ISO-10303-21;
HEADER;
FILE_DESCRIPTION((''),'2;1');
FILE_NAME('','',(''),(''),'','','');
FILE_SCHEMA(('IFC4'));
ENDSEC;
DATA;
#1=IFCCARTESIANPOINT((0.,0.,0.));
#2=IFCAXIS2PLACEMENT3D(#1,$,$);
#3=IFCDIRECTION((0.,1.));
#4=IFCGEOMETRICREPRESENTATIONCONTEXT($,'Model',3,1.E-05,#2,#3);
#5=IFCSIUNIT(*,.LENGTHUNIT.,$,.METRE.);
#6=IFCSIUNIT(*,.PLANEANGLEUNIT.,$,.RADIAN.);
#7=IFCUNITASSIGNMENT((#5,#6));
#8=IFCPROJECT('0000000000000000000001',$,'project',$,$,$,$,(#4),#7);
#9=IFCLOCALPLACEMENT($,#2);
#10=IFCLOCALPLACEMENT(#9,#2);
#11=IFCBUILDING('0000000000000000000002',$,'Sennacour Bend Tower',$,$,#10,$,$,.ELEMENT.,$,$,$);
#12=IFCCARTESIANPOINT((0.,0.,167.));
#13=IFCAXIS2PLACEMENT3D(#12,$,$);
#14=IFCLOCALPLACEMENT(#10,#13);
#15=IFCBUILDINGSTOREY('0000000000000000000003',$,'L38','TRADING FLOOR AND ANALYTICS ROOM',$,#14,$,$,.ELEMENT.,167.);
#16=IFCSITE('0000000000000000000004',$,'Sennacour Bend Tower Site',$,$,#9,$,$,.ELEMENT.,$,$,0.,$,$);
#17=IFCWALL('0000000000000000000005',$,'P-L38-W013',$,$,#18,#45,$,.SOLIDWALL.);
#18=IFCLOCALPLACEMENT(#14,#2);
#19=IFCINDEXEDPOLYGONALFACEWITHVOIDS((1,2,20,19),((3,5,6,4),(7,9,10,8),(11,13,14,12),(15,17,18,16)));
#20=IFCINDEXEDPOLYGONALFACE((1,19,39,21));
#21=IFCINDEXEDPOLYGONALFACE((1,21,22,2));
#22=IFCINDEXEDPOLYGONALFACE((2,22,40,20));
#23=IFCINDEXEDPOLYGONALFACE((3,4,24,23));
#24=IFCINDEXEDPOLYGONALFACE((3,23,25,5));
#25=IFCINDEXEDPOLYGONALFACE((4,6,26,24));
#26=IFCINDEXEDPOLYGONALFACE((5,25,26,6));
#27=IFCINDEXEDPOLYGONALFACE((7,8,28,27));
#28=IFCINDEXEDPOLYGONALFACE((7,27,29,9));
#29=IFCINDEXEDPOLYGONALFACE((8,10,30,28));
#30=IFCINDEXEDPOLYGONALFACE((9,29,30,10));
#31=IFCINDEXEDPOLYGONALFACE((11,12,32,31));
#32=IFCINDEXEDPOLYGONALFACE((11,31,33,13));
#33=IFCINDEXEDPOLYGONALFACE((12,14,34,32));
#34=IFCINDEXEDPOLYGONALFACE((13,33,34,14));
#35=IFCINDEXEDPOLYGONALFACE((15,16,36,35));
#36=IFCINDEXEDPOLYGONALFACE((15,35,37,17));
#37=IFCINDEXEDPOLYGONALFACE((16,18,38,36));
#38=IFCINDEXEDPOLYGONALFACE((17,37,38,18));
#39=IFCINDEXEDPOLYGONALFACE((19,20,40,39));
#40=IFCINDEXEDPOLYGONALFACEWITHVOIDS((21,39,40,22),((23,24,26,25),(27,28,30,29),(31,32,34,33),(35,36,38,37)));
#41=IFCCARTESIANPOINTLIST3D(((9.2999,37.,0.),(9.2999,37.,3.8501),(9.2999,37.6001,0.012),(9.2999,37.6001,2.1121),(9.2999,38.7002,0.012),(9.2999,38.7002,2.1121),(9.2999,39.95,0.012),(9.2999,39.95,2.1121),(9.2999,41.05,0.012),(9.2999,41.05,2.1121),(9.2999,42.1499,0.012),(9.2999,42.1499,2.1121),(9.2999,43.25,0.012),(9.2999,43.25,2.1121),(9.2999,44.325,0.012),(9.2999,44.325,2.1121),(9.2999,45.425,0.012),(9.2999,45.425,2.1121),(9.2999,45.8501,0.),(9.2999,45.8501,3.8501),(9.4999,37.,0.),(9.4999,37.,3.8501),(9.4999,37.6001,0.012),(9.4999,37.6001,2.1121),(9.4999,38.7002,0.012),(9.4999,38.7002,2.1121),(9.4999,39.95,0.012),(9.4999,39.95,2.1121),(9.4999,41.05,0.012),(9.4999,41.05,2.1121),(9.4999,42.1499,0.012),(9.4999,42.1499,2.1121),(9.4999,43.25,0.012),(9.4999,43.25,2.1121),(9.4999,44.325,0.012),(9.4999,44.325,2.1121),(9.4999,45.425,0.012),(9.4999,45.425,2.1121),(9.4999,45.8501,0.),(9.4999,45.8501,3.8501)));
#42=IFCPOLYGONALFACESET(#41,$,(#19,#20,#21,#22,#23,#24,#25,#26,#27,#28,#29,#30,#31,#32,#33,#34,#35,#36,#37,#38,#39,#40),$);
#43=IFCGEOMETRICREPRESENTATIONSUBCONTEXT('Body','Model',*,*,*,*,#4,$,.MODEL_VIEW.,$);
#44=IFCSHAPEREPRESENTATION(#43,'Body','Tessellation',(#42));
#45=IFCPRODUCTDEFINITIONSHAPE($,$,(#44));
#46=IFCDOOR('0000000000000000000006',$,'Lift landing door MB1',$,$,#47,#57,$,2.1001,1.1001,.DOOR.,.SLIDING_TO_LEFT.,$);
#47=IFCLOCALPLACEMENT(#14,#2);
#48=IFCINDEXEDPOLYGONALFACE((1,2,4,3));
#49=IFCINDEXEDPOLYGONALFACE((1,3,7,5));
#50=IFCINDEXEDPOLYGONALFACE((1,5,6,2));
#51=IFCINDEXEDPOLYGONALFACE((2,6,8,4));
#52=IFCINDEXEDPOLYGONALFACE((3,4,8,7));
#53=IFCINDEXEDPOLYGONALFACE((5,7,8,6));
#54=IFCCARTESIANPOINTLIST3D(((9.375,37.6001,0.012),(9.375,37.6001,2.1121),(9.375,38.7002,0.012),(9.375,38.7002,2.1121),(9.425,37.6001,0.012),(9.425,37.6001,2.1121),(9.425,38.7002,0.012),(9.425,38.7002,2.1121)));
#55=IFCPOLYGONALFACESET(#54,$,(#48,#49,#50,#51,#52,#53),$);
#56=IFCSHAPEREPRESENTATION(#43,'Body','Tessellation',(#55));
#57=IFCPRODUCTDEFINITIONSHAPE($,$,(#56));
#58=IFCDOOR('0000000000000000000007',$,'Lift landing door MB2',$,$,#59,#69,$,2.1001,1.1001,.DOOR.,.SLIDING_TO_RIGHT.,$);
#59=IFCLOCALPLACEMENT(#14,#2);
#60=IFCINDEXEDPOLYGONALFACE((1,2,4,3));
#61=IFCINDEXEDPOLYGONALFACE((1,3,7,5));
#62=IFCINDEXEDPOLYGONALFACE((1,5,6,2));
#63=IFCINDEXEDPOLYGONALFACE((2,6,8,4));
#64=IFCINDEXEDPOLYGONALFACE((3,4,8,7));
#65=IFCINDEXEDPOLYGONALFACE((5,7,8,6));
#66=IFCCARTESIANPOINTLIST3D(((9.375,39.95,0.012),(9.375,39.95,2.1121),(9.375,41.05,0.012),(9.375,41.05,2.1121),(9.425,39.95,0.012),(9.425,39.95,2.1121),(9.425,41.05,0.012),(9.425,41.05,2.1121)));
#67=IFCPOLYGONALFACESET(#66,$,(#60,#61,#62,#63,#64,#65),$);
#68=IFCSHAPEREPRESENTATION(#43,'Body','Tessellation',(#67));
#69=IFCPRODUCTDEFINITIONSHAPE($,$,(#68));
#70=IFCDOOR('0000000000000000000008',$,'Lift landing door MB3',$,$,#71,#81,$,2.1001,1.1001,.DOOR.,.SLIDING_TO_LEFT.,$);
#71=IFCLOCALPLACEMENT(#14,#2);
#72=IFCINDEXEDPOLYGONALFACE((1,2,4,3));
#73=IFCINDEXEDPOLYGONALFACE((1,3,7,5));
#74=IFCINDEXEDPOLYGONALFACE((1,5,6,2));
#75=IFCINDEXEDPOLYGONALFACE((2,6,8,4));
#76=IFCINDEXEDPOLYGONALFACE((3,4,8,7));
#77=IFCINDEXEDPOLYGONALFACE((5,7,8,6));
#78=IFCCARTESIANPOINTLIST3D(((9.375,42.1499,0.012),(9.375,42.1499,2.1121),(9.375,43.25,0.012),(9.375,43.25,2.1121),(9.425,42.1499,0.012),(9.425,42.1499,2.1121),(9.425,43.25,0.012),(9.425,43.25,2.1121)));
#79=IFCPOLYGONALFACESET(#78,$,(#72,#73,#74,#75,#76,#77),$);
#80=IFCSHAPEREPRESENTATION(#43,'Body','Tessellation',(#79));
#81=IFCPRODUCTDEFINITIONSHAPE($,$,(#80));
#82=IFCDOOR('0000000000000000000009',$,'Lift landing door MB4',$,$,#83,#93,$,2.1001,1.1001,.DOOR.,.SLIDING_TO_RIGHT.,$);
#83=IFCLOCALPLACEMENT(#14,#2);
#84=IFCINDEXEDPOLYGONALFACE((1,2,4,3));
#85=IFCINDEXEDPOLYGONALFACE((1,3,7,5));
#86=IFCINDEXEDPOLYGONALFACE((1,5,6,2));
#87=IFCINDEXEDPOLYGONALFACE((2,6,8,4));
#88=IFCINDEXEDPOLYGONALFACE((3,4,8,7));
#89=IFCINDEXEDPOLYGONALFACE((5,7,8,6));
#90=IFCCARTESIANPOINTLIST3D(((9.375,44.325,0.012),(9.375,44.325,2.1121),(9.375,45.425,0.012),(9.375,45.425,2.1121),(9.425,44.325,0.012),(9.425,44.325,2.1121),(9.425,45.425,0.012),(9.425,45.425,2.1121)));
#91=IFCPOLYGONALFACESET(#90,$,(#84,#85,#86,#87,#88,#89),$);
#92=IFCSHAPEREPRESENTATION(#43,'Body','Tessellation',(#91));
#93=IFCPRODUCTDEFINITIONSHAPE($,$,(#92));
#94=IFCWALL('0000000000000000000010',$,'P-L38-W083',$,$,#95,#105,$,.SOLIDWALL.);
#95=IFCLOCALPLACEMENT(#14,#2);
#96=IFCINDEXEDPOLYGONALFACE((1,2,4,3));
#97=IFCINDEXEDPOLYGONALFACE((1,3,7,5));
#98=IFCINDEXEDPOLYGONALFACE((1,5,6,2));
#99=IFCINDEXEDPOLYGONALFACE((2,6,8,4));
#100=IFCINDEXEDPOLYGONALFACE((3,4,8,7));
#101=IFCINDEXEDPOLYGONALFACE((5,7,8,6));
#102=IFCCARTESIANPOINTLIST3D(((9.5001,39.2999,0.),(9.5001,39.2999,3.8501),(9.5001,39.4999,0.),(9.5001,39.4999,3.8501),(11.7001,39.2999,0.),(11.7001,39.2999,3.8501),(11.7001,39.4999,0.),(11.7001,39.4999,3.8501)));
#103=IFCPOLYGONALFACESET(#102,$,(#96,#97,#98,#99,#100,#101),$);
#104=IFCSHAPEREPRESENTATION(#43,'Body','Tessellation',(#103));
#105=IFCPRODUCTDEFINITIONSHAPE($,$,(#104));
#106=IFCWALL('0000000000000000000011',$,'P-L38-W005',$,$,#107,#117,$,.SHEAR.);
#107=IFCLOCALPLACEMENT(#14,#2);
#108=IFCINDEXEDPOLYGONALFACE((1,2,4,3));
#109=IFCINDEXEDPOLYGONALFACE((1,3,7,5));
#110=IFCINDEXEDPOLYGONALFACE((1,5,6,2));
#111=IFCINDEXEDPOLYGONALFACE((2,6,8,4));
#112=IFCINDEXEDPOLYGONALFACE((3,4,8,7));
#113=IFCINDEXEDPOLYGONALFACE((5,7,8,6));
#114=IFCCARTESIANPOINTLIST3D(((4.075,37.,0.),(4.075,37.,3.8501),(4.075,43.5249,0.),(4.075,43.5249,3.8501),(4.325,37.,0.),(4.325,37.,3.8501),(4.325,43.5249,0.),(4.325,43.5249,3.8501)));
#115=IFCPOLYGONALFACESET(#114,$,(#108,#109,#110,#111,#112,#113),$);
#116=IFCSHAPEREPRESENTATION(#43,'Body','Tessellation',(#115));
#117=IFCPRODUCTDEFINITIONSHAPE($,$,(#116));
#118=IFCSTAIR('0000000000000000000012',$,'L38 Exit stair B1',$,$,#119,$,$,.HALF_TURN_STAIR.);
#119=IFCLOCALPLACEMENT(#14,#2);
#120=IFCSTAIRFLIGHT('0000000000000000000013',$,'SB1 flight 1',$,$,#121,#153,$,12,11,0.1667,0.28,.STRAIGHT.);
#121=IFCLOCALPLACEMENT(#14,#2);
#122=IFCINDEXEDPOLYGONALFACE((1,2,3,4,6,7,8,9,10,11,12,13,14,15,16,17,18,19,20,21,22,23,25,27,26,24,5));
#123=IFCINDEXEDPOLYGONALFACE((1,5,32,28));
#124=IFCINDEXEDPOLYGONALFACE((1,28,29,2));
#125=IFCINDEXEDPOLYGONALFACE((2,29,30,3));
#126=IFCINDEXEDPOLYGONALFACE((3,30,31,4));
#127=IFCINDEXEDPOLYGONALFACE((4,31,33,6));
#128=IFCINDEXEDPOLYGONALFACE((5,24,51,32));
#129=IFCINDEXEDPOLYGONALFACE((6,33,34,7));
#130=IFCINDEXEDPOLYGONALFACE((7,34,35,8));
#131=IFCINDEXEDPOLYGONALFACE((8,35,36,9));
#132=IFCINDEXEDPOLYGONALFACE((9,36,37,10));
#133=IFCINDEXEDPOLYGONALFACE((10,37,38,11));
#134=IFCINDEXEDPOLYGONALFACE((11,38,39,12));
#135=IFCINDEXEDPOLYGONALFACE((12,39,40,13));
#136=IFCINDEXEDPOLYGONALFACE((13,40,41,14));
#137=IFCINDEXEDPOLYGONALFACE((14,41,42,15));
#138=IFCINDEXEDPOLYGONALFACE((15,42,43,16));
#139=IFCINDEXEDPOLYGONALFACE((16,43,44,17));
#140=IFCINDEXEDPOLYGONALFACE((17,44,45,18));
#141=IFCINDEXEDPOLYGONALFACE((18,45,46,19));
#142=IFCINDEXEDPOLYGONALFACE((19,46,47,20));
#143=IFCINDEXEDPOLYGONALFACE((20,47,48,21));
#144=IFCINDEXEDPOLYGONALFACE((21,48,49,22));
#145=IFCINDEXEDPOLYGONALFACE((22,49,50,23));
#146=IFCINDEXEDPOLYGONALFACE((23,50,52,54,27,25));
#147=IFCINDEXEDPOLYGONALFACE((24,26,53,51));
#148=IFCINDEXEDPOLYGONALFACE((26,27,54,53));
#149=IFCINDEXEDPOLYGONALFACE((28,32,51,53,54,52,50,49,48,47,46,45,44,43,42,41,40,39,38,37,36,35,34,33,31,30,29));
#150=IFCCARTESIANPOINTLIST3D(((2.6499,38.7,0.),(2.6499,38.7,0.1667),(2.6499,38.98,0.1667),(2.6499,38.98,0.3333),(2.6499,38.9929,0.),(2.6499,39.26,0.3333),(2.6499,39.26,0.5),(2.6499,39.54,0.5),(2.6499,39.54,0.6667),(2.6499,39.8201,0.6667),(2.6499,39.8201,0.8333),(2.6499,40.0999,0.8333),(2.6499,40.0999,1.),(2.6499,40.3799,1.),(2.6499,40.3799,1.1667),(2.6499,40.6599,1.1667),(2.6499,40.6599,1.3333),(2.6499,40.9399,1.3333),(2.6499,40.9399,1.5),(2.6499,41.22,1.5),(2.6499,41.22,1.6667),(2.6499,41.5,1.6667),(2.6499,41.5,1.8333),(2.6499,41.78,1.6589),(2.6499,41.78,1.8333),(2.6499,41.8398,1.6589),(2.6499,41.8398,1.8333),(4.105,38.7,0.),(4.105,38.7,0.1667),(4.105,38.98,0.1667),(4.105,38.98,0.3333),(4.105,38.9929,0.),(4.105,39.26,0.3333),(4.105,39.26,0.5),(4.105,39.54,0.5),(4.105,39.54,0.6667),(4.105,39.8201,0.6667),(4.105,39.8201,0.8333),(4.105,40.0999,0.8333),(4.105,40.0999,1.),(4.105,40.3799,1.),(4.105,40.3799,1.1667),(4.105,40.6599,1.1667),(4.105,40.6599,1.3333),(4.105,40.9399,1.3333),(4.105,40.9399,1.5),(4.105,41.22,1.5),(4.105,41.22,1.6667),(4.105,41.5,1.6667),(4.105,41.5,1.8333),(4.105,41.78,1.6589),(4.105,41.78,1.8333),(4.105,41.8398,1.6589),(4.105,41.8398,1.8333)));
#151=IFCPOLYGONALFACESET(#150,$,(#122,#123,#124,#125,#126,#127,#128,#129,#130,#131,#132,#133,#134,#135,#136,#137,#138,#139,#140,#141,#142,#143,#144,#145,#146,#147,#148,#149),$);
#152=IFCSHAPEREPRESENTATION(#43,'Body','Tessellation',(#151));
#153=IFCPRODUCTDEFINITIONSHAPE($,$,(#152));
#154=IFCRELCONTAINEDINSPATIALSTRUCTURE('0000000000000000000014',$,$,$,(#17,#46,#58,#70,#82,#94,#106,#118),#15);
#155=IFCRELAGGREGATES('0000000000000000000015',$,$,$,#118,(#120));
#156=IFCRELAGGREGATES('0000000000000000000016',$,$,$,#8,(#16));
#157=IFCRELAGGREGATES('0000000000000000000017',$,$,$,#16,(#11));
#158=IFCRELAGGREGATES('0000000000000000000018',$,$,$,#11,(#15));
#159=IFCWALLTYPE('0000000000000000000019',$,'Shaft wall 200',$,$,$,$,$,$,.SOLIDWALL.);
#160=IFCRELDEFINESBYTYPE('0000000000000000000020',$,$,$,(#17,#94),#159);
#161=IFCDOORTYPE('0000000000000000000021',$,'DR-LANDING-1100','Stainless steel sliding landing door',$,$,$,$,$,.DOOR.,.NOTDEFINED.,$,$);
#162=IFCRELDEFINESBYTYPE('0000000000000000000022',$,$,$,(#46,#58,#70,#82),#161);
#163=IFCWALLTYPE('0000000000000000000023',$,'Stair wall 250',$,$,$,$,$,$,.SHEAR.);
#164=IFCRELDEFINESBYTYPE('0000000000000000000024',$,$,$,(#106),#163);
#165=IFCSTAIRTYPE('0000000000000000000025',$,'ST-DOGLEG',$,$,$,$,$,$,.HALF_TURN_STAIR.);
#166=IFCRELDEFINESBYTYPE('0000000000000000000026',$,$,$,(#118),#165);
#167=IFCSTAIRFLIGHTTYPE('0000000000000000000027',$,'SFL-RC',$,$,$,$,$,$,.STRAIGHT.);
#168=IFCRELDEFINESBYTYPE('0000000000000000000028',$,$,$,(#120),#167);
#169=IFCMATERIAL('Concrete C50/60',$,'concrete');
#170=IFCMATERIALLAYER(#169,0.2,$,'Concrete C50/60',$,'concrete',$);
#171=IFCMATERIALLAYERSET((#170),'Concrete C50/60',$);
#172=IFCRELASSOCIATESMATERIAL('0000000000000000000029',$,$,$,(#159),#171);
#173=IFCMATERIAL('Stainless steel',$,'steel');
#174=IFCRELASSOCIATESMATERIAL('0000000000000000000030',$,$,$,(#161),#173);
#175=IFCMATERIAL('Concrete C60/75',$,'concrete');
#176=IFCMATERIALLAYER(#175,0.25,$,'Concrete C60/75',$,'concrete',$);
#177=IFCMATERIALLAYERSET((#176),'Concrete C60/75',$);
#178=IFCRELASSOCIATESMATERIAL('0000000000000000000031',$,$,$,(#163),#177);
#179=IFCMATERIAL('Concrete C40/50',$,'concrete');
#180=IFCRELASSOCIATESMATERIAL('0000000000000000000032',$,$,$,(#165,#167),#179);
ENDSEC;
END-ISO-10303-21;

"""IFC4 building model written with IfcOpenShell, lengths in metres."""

from ifc_helpers import new_model, si_unit, direction, frame, frame_2d, origin, place, context, subcontext, project, spatial, polyline, rectangle, outline, extrude, material, layer, layer_set, type_object, element, fill, aggregate, save


model = new_model("IFC4")

# Units and contexts
model_context = context("Model", 3, precision=1e-05, world=origin(), true_north=direction((0.0, 1.0)))
body_context = subcontext(model_context, "Body", "Model", "MODEL_VIEW")
ifc_project = project(units=[si_unit("LENGTHUNIT", "METRE"), si_unit("PLANEANGLEUNIT", "RADIAN")], contexts=[model_context])

# Site, building, storey
site_placement = place(None, origin())
site = spatial("IfcSite", under=ifc_project, at=site_placement, Name="Sennacour Bend Tower Site", CompositionType="ELEMENT", RefElevation=0.0)
building_placement = place(site_placement, origin())
building = spatial("IfcBuilding", under=site, at=building_placement, Name="Sennacour Bend Tower", CompositionType="ELEMENT")
storey_placement = place(building_placement, frame((0.0, 0.0, 167.0)))
storey = spatial("IfcBuildingStorey", under=building, at=storey_placement, Name="L38", Description="TRADING FLOOR AND ANALYTICS ROOM", CompositionType="ELEMENT", Elevation=167.0)

# Shared definitions
ifc_material_1 = material(Name="Concrete C60/75", Category="concrete")

# Wall, openings, doors
ifc_material_2 = material(Name="Concrete C50/60", Category="concrete")
ifc_layer_1 = layer(ifc_material_2, 0.2, Name="Concrete C50/60", Category="concrete")
ifc_layer_set_1 = layer_set([ifc_layer_1], Name="Concrete C50/60")
wall_type_1 = type_object("IfcWallType", Name="Shaft wall 200", PredefinedType="SOLIDWALL", material=ifc_layer_set_1)
wall_1_placement = place(storey_placement, frame((9.3999, 37.0, 0.0), z_axis=(0.0, 0.0, 1.0), x_axis=(0.0, 1.0, 0.0)))
wall_1 = element("IfcWall", 1, at=wall_1_placement, inside=storey, type_object=wall_type_1, Name="P-L38-W013", PredefinedType="SOLIDWALL", context=body_context, shape_type="SweptSolid", body=[
    extrude(rectangle(XDim=8.8501, YDim=0.2, at=frame_2d((4.425, 0.0))), origin(), (0.0, 0.0, 1.0), 3.8501),
])
opening_1_placement = place(wall_1_placement, frame((0.6001, 0.0, 0.012)))
opening_1 = element("IfcOpeningElement", 2, at=opening_1_placement, cuts=wall_1, PredefinedType="OPENING", context=body_context, shape_type="SweptSolid", body=[
    extrude(rectangle(XDim=1.1001, YDim=2.1001, at=frame_2d((0.55, 1.05))), frame((0.0, 0.1099, 0.0), z_axis=(0.0, -1.0, 0.0), x_axis=(1.0, 0.0, 0.0)), (0.0, 0.0, 1.0), 0.22),
])
opening_2_placement = place(wall_1_placement, frame((2.95, 0.0, 0.012)))
opening_2 = element("IfcOpeningElement", 3, at=opening_2_placement, cuts=wall_1, PredefinedType="OPENING", context=body_context, shape_type="SweptSolid", body=[
    extrude(rectangle(XDim=1.1001, YDim=2.1001, at=frame_2d((0.55, 1.05))), frame((0.0, 0.1099, 0.0), z_axis=(0.0, -1.0, 0.0), x_axis=(1.0, 0.0, 0.0)), (0.0, 0.0, 1.0), 0.22),
])
opening_3_placement = place(wall_1_placement, frame((5.1499, 0.0, 0.012)))
opening_3 = element("IfcOpeningElement", 4, at=opening_3_placement, cuts=wall_1, PredefinedType="OPENING", context=body_context, shape_type="SweptSolid", body=[
    extrude(rectangle(XDim=1.1001, YDim=2.1001, at=frame_2d((0.55, 1.05))), frame((0.0, 0.1099, 0.0), z_axis=(0.0, -1.0, 0.0), x_axis=(1.0, 0.0, 0.0)), (0.0, 0.0, 1.0), 0.22),
])
opening_4_placement = place(wall_1_placement, frame((7.325, 0.0, 0.012)))
opening_4 = element("IfcOpeningElement", 5, at=opening_4_placement, cuts=wall_1, PredefinedType="OPENING", context=body_context, shape_type="SweptSolid", body=[
    extrude(rectangle(XDim=1.1001, YDim=2.1001, at=frame_2d((0.55, 1.05))), frame((0.0, 0.1099, 0.0), z_axis=(0.0, -1.0, 0.0), x_axis=(1.0, 0.0, 0.0)), (0.0, 0.0, 1.0), 0.22),
])
ifc_material_3 = material(Name="Stainless steel", Category="steel")
door_type_1 = type_object("IfcDoorType", Name="DR-LANDING-1100", Description="Stainless steel sliding landing door", OperationType="NOTDEFINED", PredefinedType="DOOR", material=ifc_material_3)
door_1_placement = place(opening_1_placement, origin())
door_1 = element("IfcDoor", 6, at=door_1_placement, inside=storey, type_object=door_type_1, Name="Lift landing door MB1", OperationType="SLIDING_TO_LEFT", OverallHeight=2.1001, OverallWidth=1.1001, PredefinedType="DOOR", context=body_context, shape_type="SweptSolid", body=[
    extrude(rectangle(XDim=1.1001, YDim=2.1001, at=frame_2d((0.55, 1.05))), frame((0.0, 0.0249, 0.0), z_axis=(0.0, -1.0, 0.0), x_axis=(1.0, 0.0, 0.0)), (0.0, 0.0, 1.0), 0.05),
])
fill(opening_1, door_1)
door_2_placement = place(opening_2_placement, origin())
door_2 = element("IfcDoor", 7, at=door_2_placement, inside=storey, type_object=door_type_1, Name="Lift landing door MB2", OperationType="SLIDING_TO_RIGHT", OverallHeight=2.1001, OverallWidth=1.1001, PredefinedType="DOOR", context=body_context, shape_type="SweptSolid", body=[
    extrude(rectangle(XDim=1.1001, YDim=2.1001, at=frame_2d((0.55, 1.05))), frame((0.0, 0.0249, 0.0), z_axis=(0.0, -1.0, 0.0), x_axis=(1.0, 0.0, 0.0)), (0.0, 0.0, 1.0), 0.05),
])
fill(opening_2, door_2)
door_3_placement = place(opening_3_placement, origin())
door_3 = element("IfcDoor", 8, at=door_3_placement, inside=storey, type_object=door_type_1, Name="Lift landing door MB3", OperationType="SLIDING_TO_LEFT", OverallHeight=2.1001, OverallWidth=1.1001, PredefinedType="DOOR", context=body_context, shape_type="SweptSolid", body=[
    extrude(rectangle(XDim=1.1001, YDim=2.1001, at=frame_2d((0.55, 1.05))), frame((0.0, 0.0249, 0.0), z_axis=(0.0, -1.0, 0.0), x_axis=(1.0, 0.0, 0.0)), (0.0, 0.0, 1.0), 0.05),
])
fill(opening_3, door_3)
door_4_placement = place(opening_4_placement, origin())
door_4 = element("IfcDoor", 9, at=door_4_placement, inside=storey, type_object=door_type_1, Name="Lift landing door MB4", OperationType="SLIDING_TO_RIGHT", OverallHeight=2.1001, OverallWidth=1.1001, PredefinedType="DOOR", context=body_context, shape_type="SweptSolid", body=[
    extrude(rectangle(XDim=1.1001, YDim=2.1001, at=frame_2d((0.55, 1.05))), frame((0.0, 0.0249, 0.0), z_axis=(0.0, -1.0, 0.0), x_axis=(1.0, 0.0, 0.0)), (0.0, 0.0, 1.0), 0.05),
])
fill(opening_4, door_4)

# Walls
wall_2_placement = place(storey_placement, frame((9.5, 39.3999, 0.0), z_axis=(0.0, 0.0, 1.0), x_axis=(1.0, 0.0, 0.0)))
element("IfcWall", 10, at=wall_2_placement, inside=storey, type_object=wall_type_1, Name="P-L38-W083", PredefinedType="SOLIDWALL", context=body_context, shape_type="SweptSolid", body=[
    extrude(rectangle(XDim=2.2, YDim=0.2, at=frame_2d((1.1001, 0.0))), origin(), (0.0, 0.0, 1.0), 3.8501),
])
ifc_layer_2 = layer(ifc_material_1, 0.25, Name="Concrete C60/75", Category="concrete")
ifc_layer_set_2 = layer_set([ifc_layer_2], Name="Concrete C60/75")
wall_type_2 = type_object("IfcWallType", Name="Stair wall 250", PredefinedType="SHEAR", material=ifc_layer_set_2)
wall_3_placement = place(storey_placement, frame((4.2, 37.0, 0.0), z_axis=(0.0, 0.0, 1.0), x_axis=(0.0, 1.0, 0.0)))
element("IfcWall", 11, at=wall_3_placement, inside=storey, type_object=wall_type_2, Name="P-L38-W005", PredefinedType="SHEAR", context=body_context, shape_type="SweptSolid", body=[
    extrude(rectangle(XDim=6.5249, YDim=0.25, at=frame_2d((3.2625, 0.0))), origin(), (0.0, 0.0, 1.0), 3.8501),
])

# Stair, stair flight
ifc_material_4 = material(Name="Concrete C40/50", Category="concrete")
stair_type = type_object("IfcStairType", Name="ST-DOGLEG", PredefinedType="HALF_TURN_STAIR", material=ifc_material_4)
stair_placement = place(storey_placement, origin())
stair = element("IfcStair", 12, at=stair_placement, inside=storey, type_object=stair_type, Name="L38 Exit stair B1", PredefinedType="HALF_TURN_STAIR")
stair_flight_type = type_object("IfcStairFlightType", Name="SFL-RC", PredefinedType="STRAIGHT", material=ifc_material_4)
stair_flight_placement = place(storey_placement, frame((3.3774, 38.7, 0.0), z_axis=(0.0, 0.0, 1.0), x_axis=(0.0, 1.0, 0.0)))
stair_flight = element("IfcStairFlight", 13, at=stair_flight_placement, type_object=stair_flight_type, Name="SB1 flight 1", NumberOfRisers=12, NumberOfTreads=11, PredefinedType="STRAIGHT", RiserHeight=0.1667, TreadLength=0.28, context=body_context, shape_type="SweptSolid", body=[
    extrude(outline(polyline([(0.0, 0.0), (0.0, 0.1667), (0.28, 0.1667), (0.28, 0.3333), (0.5601, 0.3333), (0.5601, 0.5), (0.8401, 0.5), (0.8401, 0.6667), (1.1201, 0.6667), (1.1201, 0.8333), (1.3999, 0.8333), (1.3999, 1.0), (1.6799, 1.0), (1.6799, 1.1667), (1.96, 1.1667), (1.96, 1.3333), (2.24, 1.3333), (2.24, 1.5), (2.52, 1.5), (2.52, 1.6667), (2.8, 1.6667), (2.8, 1.8333), (3.0801, 1.8333), (3.1399, 1.8333), (3.1399, 1.6589), (3.0801, 1.6589), (0.293, 0.0), (0.0, 0.0)])), frame((0.0, 0.7275, 0.0), z_axis=(0.0, -1.0, 0.0), x_axis=(1.0, 0.0, 0.0)), (0.0, 0.0, 1.0), 1.4551),
])
aggregate(stair, [stair_flight])

save(model, "model.ifc")
